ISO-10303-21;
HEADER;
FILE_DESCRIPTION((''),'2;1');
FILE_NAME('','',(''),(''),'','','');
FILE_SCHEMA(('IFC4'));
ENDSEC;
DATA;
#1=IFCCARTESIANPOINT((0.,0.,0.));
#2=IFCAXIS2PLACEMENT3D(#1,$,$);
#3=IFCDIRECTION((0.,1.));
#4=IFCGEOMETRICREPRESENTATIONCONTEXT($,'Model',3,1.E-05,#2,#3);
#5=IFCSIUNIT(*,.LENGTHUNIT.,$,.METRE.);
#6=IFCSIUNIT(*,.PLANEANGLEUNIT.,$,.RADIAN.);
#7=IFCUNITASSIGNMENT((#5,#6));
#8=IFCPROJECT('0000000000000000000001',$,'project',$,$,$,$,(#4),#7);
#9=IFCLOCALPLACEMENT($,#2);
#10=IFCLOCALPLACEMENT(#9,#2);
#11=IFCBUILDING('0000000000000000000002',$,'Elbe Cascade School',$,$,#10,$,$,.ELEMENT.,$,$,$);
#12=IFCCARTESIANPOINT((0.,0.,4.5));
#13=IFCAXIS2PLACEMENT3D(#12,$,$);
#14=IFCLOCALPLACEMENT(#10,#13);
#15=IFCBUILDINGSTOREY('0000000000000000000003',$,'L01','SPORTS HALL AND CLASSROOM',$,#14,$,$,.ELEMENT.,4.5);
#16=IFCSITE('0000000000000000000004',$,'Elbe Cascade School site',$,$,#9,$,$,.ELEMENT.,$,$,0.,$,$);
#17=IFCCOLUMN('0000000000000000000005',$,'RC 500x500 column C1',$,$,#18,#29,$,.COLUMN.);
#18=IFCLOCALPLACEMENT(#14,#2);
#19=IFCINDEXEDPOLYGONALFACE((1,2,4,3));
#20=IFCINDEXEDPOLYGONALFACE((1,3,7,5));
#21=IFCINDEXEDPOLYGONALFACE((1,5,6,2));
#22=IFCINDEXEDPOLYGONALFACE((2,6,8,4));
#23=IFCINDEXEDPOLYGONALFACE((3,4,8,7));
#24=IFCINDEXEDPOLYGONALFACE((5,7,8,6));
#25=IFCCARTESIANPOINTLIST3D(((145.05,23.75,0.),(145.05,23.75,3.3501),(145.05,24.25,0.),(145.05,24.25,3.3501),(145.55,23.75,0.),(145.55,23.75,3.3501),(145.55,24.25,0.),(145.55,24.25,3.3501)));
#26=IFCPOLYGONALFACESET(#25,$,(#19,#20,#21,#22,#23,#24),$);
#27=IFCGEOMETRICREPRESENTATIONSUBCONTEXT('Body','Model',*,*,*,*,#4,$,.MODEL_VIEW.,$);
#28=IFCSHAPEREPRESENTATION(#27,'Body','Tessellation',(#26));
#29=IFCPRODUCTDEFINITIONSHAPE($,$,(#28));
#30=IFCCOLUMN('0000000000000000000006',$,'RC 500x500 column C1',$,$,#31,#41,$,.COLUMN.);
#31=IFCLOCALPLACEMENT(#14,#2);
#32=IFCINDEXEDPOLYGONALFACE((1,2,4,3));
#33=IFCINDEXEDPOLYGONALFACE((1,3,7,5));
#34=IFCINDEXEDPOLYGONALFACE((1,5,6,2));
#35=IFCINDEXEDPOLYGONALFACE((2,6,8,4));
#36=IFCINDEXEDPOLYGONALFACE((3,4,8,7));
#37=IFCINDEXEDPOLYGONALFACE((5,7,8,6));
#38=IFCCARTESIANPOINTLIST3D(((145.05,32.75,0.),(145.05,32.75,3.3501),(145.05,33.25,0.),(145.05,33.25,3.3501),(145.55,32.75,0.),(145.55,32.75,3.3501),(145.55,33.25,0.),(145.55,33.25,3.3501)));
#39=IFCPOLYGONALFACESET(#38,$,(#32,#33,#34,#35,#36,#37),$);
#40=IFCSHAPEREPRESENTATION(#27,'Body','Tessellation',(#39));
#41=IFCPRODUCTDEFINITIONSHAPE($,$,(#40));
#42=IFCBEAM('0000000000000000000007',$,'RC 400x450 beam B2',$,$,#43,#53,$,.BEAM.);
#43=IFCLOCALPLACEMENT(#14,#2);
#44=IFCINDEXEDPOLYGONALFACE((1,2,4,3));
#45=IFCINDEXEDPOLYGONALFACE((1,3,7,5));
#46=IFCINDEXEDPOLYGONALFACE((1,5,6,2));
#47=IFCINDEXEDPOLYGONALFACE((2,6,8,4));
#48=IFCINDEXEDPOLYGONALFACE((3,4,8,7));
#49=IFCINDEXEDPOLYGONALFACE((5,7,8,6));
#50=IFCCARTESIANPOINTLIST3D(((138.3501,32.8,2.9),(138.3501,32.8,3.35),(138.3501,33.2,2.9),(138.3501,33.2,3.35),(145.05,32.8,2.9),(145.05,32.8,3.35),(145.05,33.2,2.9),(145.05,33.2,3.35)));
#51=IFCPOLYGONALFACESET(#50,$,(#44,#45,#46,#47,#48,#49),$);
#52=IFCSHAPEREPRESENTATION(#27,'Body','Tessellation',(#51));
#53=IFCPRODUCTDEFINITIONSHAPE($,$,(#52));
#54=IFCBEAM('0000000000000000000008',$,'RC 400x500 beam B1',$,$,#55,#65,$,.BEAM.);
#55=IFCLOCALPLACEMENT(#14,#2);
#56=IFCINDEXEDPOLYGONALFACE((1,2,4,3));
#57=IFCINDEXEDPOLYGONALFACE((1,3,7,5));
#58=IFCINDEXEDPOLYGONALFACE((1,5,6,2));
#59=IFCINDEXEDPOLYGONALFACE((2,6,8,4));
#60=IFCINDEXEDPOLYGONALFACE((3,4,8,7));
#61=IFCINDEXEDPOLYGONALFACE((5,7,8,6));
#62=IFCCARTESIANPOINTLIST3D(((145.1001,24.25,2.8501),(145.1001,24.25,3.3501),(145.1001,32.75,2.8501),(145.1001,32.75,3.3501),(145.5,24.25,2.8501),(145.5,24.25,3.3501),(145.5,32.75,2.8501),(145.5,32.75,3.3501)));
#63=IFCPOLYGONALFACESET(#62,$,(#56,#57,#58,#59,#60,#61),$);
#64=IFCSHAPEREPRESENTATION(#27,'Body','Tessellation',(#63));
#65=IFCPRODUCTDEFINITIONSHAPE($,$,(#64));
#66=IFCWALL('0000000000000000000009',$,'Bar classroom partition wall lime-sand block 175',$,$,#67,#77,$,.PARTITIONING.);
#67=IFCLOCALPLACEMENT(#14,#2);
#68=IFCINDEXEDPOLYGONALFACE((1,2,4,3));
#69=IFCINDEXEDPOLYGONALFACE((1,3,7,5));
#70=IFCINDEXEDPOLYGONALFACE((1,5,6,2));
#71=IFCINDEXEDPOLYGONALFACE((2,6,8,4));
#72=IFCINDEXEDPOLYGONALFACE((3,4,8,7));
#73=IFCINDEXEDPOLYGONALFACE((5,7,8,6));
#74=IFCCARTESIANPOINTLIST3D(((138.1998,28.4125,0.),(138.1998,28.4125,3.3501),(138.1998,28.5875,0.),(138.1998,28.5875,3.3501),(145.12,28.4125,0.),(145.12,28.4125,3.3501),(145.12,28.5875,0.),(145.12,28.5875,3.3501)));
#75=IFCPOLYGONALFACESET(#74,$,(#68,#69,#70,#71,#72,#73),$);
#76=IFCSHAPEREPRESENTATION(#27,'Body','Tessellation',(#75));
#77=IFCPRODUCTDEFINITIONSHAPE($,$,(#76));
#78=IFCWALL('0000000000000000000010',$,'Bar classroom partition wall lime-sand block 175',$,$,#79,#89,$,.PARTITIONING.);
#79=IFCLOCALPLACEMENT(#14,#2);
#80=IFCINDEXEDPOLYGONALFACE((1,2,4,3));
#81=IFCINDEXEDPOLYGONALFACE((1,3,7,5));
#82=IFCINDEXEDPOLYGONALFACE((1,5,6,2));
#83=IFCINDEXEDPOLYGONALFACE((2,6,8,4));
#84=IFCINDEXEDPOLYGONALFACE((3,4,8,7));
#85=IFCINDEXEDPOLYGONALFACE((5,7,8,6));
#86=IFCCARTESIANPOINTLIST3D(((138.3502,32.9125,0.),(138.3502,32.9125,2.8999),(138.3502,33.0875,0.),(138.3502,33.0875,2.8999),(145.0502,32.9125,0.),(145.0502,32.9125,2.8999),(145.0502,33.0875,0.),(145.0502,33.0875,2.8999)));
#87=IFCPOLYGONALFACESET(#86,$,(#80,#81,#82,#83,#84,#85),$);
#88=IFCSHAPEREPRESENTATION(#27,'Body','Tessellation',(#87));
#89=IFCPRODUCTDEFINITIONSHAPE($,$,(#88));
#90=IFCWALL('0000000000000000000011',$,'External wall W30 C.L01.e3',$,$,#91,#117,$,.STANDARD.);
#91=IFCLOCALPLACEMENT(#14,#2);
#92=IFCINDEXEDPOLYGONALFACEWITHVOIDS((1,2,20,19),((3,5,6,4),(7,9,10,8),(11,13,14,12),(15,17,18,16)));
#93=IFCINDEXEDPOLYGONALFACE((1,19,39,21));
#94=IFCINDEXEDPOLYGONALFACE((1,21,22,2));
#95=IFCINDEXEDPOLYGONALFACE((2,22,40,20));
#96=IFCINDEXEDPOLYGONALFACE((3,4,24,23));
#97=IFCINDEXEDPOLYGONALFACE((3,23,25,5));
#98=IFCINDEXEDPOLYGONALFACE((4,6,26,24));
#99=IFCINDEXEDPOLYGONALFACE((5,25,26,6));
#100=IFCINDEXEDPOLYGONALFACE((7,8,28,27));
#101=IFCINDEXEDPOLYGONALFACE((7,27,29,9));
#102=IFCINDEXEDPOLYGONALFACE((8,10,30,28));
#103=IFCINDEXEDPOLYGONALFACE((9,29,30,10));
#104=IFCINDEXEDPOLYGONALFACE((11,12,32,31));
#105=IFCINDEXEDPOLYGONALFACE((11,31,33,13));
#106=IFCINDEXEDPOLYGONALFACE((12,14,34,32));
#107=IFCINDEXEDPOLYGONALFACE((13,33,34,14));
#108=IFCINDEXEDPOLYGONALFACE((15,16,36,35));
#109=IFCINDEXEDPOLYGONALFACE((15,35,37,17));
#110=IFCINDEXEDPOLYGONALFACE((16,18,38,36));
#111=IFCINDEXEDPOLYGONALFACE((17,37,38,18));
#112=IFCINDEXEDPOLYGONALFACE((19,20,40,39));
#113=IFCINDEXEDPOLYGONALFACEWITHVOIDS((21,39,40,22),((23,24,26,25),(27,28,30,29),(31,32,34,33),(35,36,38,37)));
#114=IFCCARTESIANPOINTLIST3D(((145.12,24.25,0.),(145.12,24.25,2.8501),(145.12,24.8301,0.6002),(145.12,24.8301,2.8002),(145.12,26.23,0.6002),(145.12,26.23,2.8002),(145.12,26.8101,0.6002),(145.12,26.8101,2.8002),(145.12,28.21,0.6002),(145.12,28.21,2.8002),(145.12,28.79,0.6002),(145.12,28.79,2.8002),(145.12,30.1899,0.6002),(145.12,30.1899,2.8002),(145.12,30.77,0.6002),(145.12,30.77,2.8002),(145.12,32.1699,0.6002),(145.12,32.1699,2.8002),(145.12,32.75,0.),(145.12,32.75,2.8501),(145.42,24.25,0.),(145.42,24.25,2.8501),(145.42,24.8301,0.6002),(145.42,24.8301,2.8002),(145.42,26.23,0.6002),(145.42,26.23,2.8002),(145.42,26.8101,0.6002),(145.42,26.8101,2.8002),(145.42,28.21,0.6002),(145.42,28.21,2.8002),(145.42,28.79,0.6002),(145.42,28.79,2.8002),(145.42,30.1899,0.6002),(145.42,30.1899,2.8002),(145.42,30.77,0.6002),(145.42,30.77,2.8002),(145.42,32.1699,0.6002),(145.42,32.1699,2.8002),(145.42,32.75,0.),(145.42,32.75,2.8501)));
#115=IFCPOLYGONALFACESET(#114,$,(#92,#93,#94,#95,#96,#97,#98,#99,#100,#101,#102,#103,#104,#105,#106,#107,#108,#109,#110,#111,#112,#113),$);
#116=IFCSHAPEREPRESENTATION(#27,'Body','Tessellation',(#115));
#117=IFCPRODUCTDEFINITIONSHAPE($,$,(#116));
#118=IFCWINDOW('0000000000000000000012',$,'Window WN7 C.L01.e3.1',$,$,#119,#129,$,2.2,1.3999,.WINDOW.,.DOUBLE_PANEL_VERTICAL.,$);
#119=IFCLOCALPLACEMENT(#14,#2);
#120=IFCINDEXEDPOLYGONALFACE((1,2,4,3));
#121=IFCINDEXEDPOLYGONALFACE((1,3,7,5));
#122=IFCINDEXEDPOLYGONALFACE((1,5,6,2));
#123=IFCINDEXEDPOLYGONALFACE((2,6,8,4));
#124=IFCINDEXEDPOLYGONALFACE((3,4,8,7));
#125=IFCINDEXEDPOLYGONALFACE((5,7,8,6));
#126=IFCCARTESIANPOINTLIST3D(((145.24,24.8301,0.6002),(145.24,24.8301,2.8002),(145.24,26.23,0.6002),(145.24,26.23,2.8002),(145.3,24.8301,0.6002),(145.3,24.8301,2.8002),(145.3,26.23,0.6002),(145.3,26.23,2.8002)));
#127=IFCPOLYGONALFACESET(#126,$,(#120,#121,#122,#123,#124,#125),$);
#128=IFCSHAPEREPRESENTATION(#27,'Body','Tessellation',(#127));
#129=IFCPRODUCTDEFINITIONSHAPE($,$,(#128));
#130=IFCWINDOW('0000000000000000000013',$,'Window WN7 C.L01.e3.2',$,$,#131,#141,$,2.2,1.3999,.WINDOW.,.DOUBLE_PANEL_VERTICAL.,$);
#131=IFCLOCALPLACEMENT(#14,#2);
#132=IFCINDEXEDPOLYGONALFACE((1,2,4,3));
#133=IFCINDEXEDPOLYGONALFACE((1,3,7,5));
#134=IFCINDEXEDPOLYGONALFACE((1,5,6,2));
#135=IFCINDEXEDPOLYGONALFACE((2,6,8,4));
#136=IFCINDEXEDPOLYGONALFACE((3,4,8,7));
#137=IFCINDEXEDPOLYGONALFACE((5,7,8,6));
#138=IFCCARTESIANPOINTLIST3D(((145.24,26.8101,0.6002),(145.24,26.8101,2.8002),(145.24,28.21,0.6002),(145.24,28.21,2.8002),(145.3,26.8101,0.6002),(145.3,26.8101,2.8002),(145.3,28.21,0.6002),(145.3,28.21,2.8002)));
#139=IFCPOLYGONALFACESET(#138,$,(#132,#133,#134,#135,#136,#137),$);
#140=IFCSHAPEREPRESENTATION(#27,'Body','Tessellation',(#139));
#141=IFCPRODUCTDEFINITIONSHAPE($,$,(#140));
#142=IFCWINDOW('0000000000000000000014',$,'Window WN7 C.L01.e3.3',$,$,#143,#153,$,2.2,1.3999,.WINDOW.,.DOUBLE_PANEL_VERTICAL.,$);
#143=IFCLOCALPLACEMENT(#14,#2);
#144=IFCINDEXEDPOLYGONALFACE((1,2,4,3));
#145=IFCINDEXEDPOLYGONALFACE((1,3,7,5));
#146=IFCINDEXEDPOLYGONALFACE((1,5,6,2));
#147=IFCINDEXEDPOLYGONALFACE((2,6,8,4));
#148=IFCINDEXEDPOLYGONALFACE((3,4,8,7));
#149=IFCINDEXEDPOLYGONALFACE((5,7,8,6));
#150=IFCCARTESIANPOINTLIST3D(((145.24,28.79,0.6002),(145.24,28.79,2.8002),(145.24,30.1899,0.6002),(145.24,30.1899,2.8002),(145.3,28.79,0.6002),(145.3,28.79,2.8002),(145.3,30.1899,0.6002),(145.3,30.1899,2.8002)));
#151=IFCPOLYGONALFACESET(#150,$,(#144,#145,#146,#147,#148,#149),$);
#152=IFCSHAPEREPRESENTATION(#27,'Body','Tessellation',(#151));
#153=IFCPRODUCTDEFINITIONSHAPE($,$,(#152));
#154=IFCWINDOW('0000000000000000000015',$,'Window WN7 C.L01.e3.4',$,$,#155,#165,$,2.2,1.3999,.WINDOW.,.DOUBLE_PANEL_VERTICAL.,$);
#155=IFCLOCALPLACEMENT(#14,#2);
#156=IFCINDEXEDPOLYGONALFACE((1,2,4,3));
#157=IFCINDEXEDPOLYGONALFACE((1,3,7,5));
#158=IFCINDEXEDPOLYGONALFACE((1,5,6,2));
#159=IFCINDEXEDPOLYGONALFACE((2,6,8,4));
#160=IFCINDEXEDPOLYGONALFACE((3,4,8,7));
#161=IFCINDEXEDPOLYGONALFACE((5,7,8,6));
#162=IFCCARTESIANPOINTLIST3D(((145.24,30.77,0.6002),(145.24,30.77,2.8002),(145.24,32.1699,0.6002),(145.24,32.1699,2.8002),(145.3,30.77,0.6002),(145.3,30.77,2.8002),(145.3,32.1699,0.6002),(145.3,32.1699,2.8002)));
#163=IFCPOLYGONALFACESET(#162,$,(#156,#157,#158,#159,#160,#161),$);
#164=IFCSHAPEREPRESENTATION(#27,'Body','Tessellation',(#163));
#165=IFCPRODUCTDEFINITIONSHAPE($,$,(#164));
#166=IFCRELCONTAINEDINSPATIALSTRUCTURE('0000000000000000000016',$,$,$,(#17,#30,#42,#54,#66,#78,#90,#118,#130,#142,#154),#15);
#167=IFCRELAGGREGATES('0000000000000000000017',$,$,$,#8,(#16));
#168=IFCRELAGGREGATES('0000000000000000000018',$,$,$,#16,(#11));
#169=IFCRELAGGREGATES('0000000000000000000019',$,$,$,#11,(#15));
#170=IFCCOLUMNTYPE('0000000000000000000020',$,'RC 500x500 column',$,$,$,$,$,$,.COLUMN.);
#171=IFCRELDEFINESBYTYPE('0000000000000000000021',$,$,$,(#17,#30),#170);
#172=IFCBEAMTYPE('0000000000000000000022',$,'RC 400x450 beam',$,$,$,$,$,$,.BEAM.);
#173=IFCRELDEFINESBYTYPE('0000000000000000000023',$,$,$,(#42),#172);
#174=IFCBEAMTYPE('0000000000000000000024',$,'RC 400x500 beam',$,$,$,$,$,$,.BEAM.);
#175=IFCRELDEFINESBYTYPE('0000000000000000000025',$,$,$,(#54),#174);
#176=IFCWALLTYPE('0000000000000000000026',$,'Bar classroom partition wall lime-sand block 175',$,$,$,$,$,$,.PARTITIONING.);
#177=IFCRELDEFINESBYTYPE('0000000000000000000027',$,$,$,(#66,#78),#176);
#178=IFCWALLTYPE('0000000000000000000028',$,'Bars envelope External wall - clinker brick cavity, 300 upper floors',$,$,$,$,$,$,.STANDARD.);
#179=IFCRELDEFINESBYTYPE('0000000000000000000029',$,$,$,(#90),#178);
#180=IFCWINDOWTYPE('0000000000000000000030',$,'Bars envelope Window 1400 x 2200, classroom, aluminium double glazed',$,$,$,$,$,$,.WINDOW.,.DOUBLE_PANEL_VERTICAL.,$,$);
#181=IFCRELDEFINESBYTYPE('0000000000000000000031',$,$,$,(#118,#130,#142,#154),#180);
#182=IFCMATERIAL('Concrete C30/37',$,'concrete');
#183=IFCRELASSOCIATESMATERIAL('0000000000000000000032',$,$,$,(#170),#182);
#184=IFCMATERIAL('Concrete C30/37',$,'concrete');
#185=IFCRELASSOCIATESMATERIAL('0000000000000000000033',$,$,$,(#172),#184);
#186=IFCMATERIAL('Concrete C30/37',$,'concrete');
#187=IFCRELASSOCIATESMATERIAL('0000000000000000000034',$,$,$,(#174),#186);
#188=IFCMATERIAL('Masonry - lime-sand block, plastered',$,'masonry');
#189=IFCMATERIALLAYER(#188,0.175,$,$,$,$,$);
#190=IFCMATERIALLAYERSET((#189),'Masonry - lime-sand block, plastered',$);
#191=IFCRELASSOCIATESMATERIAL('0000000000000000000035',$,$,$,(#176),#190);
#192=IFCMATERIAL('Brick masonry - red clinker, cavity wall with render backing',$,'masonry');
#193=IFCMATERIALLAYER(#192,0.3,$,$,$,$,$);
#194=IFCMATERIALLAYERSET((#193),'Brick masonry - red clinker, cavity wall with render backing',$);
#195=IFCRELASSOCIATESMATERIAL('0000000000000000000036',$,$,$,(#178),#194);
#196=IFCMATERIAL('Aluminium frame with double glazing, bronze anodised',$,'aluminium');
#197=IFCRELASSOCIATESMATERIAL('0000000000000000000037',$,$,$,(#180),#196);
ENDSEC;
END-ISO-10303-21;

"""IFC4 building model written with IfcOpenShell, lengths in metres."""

from ifc_helpers import new_model, si_unit, direction, frame, frame_2d, origin, origin_2d, place, context, subcontext, project, spatial, rectangle, extrude, material, layer, layer_set, material_profile, profile_set, type_object, element, fill, save


model = new_model("IFC4")

# Units and contexts
model_context = context("Model", 3, precision=1e-05, world=origin(), true_north=direction((0.0, 1.0)))
body_context = subcontext(model_context, "Body", "Model", "MODEL_VIEW")
ifc_project = project(units=[si_unit("LENGTHUNIT", "METRE"), si_unit("PLANEANGLEUNIT", "RADIAN")], contexts=[model_context])

# Site, building, storey
site_placement = place(None, origin())
site = spatial("IfcSite", under=ifc_project, at=site_placement, Name="Elbe Cascade School site", CompositionType="ELEMENT", RefElevation=0.0)
building_placement = place(site_placement, origin())
building = spatial("IfcBuilding", under=site, at=building_placement, Name="Elbe Cascade School", CompositionType="ELEMENT")
storey_placement = place(building_placement, frame((0.0, 0.0, 4.5)))
storey = spatial("IfcBuildingStorey", under=building, at=storey_placement, Name="L01", Description="SPORTS HALL AND CLASSROOM", CompositionType="ELEMENT", Elevation=4.5)

# Columns
ifc_material_1 = material(Name="Concrete C30/37", Category="concrete")
ifc_material_profile_1 = material_profile(ifc_material_1, rectangle(XDim=0.5, YDim=0.5, at=origin_2d()), Name="RC 500x500")
ifc_profile_set_1 = profile_set([ifc_material_profile_1], Name="Concrete C30/37")
column_type = type_object("IfcColumnType", Name="RC 500x500 column", PredefinedType="COLUMN", material=ifc_profile_set_1)
for number, where, z_axis, x_axis, name in (
    (1, (145.3, 24.0, 0.0), (0.0, 0.0, 1.0), (1.0, 0.0, 0.0), "RC 500x500 column C1"),
    (2, (145.3, 33.0, 0.0), (0.0, 0.0, 1.0), (1.0, 0.0, 0.0), "RC 500x500 column C1"),
):
    element("IfcColumn", number, at=place(storey_placement, frame(where, z_axis=z_axis, x_axis=x_axis)), inside=storey, type_object=column_type, Name=name, PredefinedType="COLUMN", context=body_context, shape_type="SweptSolid", body=[
        extrude(rectangle(XDim=0.5, YDim=0.5, at=origin_2d()), origin(), (0.0, 0.0, 1.0), 3.3501),
    ])

# Beams
ifc_material_2 = material(Name="Concrete C30/37", Category="concrete")
ifc_material_profile_2 = material_profile(ifc_material_2, rectangle(XDim=0.3999, YDim=0.45, at=origin_2d()), Name="RC 400x450")
ifc_profile_set_2 = profile_set([ifc_material_profile_2], Name="Concrete C30/37")
beam_type_1 = type_object("IfcBeamType", Name="RC 400x450 beam", PredefinedType="BEAM", material=ifc_profile_set_2)
beam_1_placement = place(storey_placement, frame((138.3501, 33.0, 3.125), z_axis=(1.0, 0.0, 0.0), x_axis=(0.0, 1.0, 0.0)))
element("IfcBeam", 3, at=beam_1_placement, inside=storey, type_object=beam_type_1, Name="RC 400x450 beam B2", PredefinedType="BEAM", context=body_context, shape_type="SweptSolid", body=[
    extrude(rectangle(XDim=0.3999, YDim=0.45, at=origin_2d()), origin(), (0.0, 0.0, 1.0), 6.7),
])
ifc_material_3 = material(Name="Concrete C30/37", Category="concrete")
ifc_material_profile_3 = material_profile(ifc_material_3, rectangle(XDim=0.3999, YDim=0.5, at=origin_2d()), Name="RC 400x500")
ifc_profile_set_3 = profile_set([ifc_material_profile_3], Name="Concrete C30/37")
beam_type_2 = type_object("IfcBeamType", Name="RC 400x500 beam", PredefinedType="BEAM", material=ifc_profile_set_3)
beam_2_placement = place(storey_placement, frame((145.3, 24.25, 3.1001), z_axis=(0.0, 1.0, 0.0), x_axis=(-1.0, 0.0, 0.0)))
element("IfcBeam", 4, at=beam_2_placement, inside=storey, type_object=beam_type_2, Name="RC 400x500 beam B1", PredefinedType="BEAM", context=body_context, shape_type="SweptSolid", body=[
    extrude(rectangle(XDim=0.3999, YDim=0.5, at=origin_2d()), origin(), (0.0, 0.0, 1.0), 8.5),
])

# Walls
ifc_material_4 = material(Name="Masonry - lime-sand block, plastered", Category="masonry")
ifc_layer_1 = layer(ifc_material_4, 0.175)
ifc_layer_set_1 = layer_set([ifc_layer_1], Name="Masonry - lime-sand block, plastered")
wall_type_1 = type_object("IfcWallType", Name="Bar classroom partition wall lime-sand block 175", PredefinedType="PARTITIONING", material=ifc_layer_set_1)
wall_1_placement = place(storey_placement, frame((138.2, 28.5, 0.0), z_axis=(0.0, 0.0, 1.0), x_axis=(1.0, 0.0, 0.0)))
element("IfcWall", 5, at=wall_1_placement, inside=storey, type_object=wall_type_1, Name="Bar classroom partition wall lime-sand block 175", PredefinedType="PARTITIONING", context=body_context, shape_type="SweptSolid", body=[
    extrude(rectangle(XDim=6.9202, YDim=0.175, at=frame_2d((3.46, 0.0))), origin(), (0.0, 0.0, 1.0), 3.3501),
])
wall_2_placement = place(storey_placement, frame((138.3501, 33.0, 0.0), z_axis=(0.0, 0.0, 1.0), x_axis=(1.0, 0.0, 0.0)))
element("IfcWall", 6, at=wall_2_placement, inside=storey, type_object=wall_type_1, Name="Bar classroom partition wall lime-sand block 175", PredefinedType="PARTITIONING", context=body_context, shape_type="SweptSolid", body=[
    extrude(rectangle(XDim=6.7, YDim=0.175, at=frame_2d((3.3501, 0.0))), origin(), (0.0, 0.0, 1.0), 2.8999),
])

# Wall, openings, windows
ifc_material_5 = material(Name="Brick masonry - red clinker, cavity wall with render backing", Category="masonry")
ifc_layer_2 = layer(ifc_material_5, 0.3)
ifc_layer_set_2 = layer_set([ifc_layer_2], Name="Brick masonry - red clinker, cavity wall with render backing")
wall_type_2 = type_object("IfcWallType", Name="Bars envelope External wall - clinker brick cavity, 300 upper floors", PredefinedType="STANDARD", material=ifc_layer_set_2)
wall_3_placement = place(storey_placement, frame((145.27, 32.75, 0.0), z_axis=(0.0, 0.0, 1.0), x_axis=(0.0, -1.0, 0.0)))
wall_3 = element("IfcWall", 7, at=wall_3_placement, inside=storey, type_object=wall_type_2, Name="External wall W30 C.L01.e3", PredefinedType="STANDARD", context=body_context, shape_type="SweptSolid", body=[
    extrude(rectangle(XDim=8.5, YDim=0.3, at=frame_2d((4.25, 0.0))), origin(), (0.0, 0.0, 1.0), 2.8501),
])
opening_1_placement = place(wall_3_placement, frame((6.52, 0.0, 0.6001)))
opening_1 = element("IfcOpeningElement", 8, at=opening_1_placement, cuts=wall_3, PredefinedType="OPENING", context=body_context, shape_type="SweptSolid", body=[
    extrude(rectangle(XDim=1.3999, YDim=2.2, at=frame_2d((0.7, 1.1001))), frame((0.0, 0.1599, 0.0), z_axis=(0.0, -1.0, 0.0), x_axis=(1.0, 0.0, 0.0)), (0.0, 0.0, 1.0), 0.3201),
])
opening_2_placement = place(wall_3_placement, frame((4.54, 0.0, 0.6001)))
opening_2 = element("IfcOpeningElement", 9, at=opening_2_placement, cuts=wall_3, PredefinedType="OPENING", context=body_context, shape_type="SweptSolid", body=[
    extrude(rectangle(XDim=1.3999, YDim=2.2, at=frame_2d((0.7, 1.1001))), frame((0.0, 0.1599, 0.0), z_axis=(0.0, -1.0, 0.0), x_axis=(1.0, 0.0, 0.0)), (0.0, 0.0, 1.0), 0.3201),
])
opening_3_placement = place(wall_3_placement, frame((2.5601, 0.0, 0.6001)))
opening_3 = element("IfcOpeningElement", 10, at=opening_3_placement, cuts=wall_3, PredefinedType="OPENING", context=body_context, shape_type="SweptSolid", body=[
    extrude(rectangle(XDim=1.3999, YDim=2.2, at=frame_2d((0.7, 1.1001))), frame((0.0, 0.1599, 0.0), z_axis=(0.0, -1.0, 0.0), x_axis=(1.0, 0.0, 0.0)), (0.0, 0.0, 1.0), 0.3201),
])
opening_4_placement = place(wall_3_placement, frame((0.5801, 0.0, 0.6001)))
opening_4 = element("IfcOpeningElement", 11, at=opening_4_placement, cuts=wall_3, PredefinedType="OPENING", context=body_context, shape_type="SweptSolid", body=[
    extrude(rectangle(XDim=1.3999, YDim=2.2, at=frame_2d((0.7, 1.1001))), frame((0.0, 0.1599, 0.0), z_axis=(0.0, -1.0, 0.0), x_axis=(1.0, 0.0, 0.0)), (0.0, 0.0, 1.0), 0.3201),
])
ifc_material_6 = material(Name="Aluminium frame with double glazing, bronze anodised", Category="aluminium")
window_type = type_object("IfcWindowType", Name="Bars envelope Window 1400 x 2200, classroom, aluminium double glazed", PartitioningType="DOUBLE_PANEL_VERTICAL", PredefinedType="WINDOW", material=ifc_material_6)
window_1_placement = place(opening_1_placement, origin())
window_1 = element("IfcWindow", 12, at=window_1_placement, inside=storey, type_object=window_type, Name="Window WN7 C.L01.e3.1", OverallHeight=2.2, OverallWidth=1.3999, PartitioningType="DOUBLE_PANEL_VERTICAL", PredefinedType="WINDOW", context=body_context, shape_type="SweptSolid", body=[
    extrude(rectangle(XDim=1.3999, YDim=2.2, at=frame_2d((0.7, 1.1001))), frame((0.0, 0.03, 0.0), z_axis=(0.0, -1.0, 0.0), x_axis=(1.0, 0.0, 0.0)), (0.0, 0.0, 1.0), 0.0601),
])
fill(opening_1, window_1)
window_2_placement = place(opening_2_placement, origin())
window_2 = element("IfcWindow", 13, at=window_2_placement, inside=storey, type_object=window_type, Name="Window WN7 C.L01.e3.2", OverallHeight=2.2, OverallWidth=1.3999, PartitioningType="DOUBLE_PANEL_VERTICAL", PredefinedType="WINDOW", context=body_context, shape_type="SweptSolid", body=[
    extrude(rectangle(XDim=1.3999, YDim=2.2, at=frame_2d((0.7, 1.1001))), frame((0.0, 0.03, 0.0), z_axis=(0.0, -1.0, 0.0), x_axis=(1.0, 0.0, 0.0)), (0.0, 0.0, 1.0), 0.0601),
])
fill(opening_2, window_2)
window_3_placement = place(opening_3_placement, origin())
window_3 = element("IfcWindow", 14, at=window_3_placement, inside=storey, type_object=window_type, Name="Window WN7 C.L01.e3.3", OverallHeight=2.2, OverallWidth=1.3999, PartitioningType="DOUBLE_PANEL_VERTICAL", PredefinedType="WINDOW", context=body_context, shape_type="SweptSolid", body=[
    extrude(rectangle(XDim=1.3999, YDim=2.2, at=frame_2d((0.7, 1.1001))), frame((0.0, 0.03, 0.0), z_axis=(0.0, -1.0, 0.0), x_axis=(1.0, 0.0, 0.0)), (0.0, 0.0, 1.0), 0.0601),
])
fill(opening_3, window_3)
window_4_placement = place(opening_4_placement, origin())
window_4 = element("IfcWindow", 15, at=window_4_placement, inside=storey, type_object=window_type, Name="Window WN7 C.L01.e3.4", OverallHeight=2.2, OverallWidth=1.3999, PartitioningType="DOUBLE_PANEL_VERTICAL", PredefinedType="WINDOW", context=body_context, shape_type="SweptSolid", body=[
    extrude(rectangle(XDim=1.3999, YDim=2.2, at=frame_2d((0.7, 1.1001))), frame((0.0, 0.03, 0.0), z_axis=(0.0, -1.0, 0.0), x_axis=(1.0, 0.0, 0.0)), (0.0, 0.0, 1.0), 0.0601),
])
fill(opening_4, window_4)

save(model, "model.ifc")
